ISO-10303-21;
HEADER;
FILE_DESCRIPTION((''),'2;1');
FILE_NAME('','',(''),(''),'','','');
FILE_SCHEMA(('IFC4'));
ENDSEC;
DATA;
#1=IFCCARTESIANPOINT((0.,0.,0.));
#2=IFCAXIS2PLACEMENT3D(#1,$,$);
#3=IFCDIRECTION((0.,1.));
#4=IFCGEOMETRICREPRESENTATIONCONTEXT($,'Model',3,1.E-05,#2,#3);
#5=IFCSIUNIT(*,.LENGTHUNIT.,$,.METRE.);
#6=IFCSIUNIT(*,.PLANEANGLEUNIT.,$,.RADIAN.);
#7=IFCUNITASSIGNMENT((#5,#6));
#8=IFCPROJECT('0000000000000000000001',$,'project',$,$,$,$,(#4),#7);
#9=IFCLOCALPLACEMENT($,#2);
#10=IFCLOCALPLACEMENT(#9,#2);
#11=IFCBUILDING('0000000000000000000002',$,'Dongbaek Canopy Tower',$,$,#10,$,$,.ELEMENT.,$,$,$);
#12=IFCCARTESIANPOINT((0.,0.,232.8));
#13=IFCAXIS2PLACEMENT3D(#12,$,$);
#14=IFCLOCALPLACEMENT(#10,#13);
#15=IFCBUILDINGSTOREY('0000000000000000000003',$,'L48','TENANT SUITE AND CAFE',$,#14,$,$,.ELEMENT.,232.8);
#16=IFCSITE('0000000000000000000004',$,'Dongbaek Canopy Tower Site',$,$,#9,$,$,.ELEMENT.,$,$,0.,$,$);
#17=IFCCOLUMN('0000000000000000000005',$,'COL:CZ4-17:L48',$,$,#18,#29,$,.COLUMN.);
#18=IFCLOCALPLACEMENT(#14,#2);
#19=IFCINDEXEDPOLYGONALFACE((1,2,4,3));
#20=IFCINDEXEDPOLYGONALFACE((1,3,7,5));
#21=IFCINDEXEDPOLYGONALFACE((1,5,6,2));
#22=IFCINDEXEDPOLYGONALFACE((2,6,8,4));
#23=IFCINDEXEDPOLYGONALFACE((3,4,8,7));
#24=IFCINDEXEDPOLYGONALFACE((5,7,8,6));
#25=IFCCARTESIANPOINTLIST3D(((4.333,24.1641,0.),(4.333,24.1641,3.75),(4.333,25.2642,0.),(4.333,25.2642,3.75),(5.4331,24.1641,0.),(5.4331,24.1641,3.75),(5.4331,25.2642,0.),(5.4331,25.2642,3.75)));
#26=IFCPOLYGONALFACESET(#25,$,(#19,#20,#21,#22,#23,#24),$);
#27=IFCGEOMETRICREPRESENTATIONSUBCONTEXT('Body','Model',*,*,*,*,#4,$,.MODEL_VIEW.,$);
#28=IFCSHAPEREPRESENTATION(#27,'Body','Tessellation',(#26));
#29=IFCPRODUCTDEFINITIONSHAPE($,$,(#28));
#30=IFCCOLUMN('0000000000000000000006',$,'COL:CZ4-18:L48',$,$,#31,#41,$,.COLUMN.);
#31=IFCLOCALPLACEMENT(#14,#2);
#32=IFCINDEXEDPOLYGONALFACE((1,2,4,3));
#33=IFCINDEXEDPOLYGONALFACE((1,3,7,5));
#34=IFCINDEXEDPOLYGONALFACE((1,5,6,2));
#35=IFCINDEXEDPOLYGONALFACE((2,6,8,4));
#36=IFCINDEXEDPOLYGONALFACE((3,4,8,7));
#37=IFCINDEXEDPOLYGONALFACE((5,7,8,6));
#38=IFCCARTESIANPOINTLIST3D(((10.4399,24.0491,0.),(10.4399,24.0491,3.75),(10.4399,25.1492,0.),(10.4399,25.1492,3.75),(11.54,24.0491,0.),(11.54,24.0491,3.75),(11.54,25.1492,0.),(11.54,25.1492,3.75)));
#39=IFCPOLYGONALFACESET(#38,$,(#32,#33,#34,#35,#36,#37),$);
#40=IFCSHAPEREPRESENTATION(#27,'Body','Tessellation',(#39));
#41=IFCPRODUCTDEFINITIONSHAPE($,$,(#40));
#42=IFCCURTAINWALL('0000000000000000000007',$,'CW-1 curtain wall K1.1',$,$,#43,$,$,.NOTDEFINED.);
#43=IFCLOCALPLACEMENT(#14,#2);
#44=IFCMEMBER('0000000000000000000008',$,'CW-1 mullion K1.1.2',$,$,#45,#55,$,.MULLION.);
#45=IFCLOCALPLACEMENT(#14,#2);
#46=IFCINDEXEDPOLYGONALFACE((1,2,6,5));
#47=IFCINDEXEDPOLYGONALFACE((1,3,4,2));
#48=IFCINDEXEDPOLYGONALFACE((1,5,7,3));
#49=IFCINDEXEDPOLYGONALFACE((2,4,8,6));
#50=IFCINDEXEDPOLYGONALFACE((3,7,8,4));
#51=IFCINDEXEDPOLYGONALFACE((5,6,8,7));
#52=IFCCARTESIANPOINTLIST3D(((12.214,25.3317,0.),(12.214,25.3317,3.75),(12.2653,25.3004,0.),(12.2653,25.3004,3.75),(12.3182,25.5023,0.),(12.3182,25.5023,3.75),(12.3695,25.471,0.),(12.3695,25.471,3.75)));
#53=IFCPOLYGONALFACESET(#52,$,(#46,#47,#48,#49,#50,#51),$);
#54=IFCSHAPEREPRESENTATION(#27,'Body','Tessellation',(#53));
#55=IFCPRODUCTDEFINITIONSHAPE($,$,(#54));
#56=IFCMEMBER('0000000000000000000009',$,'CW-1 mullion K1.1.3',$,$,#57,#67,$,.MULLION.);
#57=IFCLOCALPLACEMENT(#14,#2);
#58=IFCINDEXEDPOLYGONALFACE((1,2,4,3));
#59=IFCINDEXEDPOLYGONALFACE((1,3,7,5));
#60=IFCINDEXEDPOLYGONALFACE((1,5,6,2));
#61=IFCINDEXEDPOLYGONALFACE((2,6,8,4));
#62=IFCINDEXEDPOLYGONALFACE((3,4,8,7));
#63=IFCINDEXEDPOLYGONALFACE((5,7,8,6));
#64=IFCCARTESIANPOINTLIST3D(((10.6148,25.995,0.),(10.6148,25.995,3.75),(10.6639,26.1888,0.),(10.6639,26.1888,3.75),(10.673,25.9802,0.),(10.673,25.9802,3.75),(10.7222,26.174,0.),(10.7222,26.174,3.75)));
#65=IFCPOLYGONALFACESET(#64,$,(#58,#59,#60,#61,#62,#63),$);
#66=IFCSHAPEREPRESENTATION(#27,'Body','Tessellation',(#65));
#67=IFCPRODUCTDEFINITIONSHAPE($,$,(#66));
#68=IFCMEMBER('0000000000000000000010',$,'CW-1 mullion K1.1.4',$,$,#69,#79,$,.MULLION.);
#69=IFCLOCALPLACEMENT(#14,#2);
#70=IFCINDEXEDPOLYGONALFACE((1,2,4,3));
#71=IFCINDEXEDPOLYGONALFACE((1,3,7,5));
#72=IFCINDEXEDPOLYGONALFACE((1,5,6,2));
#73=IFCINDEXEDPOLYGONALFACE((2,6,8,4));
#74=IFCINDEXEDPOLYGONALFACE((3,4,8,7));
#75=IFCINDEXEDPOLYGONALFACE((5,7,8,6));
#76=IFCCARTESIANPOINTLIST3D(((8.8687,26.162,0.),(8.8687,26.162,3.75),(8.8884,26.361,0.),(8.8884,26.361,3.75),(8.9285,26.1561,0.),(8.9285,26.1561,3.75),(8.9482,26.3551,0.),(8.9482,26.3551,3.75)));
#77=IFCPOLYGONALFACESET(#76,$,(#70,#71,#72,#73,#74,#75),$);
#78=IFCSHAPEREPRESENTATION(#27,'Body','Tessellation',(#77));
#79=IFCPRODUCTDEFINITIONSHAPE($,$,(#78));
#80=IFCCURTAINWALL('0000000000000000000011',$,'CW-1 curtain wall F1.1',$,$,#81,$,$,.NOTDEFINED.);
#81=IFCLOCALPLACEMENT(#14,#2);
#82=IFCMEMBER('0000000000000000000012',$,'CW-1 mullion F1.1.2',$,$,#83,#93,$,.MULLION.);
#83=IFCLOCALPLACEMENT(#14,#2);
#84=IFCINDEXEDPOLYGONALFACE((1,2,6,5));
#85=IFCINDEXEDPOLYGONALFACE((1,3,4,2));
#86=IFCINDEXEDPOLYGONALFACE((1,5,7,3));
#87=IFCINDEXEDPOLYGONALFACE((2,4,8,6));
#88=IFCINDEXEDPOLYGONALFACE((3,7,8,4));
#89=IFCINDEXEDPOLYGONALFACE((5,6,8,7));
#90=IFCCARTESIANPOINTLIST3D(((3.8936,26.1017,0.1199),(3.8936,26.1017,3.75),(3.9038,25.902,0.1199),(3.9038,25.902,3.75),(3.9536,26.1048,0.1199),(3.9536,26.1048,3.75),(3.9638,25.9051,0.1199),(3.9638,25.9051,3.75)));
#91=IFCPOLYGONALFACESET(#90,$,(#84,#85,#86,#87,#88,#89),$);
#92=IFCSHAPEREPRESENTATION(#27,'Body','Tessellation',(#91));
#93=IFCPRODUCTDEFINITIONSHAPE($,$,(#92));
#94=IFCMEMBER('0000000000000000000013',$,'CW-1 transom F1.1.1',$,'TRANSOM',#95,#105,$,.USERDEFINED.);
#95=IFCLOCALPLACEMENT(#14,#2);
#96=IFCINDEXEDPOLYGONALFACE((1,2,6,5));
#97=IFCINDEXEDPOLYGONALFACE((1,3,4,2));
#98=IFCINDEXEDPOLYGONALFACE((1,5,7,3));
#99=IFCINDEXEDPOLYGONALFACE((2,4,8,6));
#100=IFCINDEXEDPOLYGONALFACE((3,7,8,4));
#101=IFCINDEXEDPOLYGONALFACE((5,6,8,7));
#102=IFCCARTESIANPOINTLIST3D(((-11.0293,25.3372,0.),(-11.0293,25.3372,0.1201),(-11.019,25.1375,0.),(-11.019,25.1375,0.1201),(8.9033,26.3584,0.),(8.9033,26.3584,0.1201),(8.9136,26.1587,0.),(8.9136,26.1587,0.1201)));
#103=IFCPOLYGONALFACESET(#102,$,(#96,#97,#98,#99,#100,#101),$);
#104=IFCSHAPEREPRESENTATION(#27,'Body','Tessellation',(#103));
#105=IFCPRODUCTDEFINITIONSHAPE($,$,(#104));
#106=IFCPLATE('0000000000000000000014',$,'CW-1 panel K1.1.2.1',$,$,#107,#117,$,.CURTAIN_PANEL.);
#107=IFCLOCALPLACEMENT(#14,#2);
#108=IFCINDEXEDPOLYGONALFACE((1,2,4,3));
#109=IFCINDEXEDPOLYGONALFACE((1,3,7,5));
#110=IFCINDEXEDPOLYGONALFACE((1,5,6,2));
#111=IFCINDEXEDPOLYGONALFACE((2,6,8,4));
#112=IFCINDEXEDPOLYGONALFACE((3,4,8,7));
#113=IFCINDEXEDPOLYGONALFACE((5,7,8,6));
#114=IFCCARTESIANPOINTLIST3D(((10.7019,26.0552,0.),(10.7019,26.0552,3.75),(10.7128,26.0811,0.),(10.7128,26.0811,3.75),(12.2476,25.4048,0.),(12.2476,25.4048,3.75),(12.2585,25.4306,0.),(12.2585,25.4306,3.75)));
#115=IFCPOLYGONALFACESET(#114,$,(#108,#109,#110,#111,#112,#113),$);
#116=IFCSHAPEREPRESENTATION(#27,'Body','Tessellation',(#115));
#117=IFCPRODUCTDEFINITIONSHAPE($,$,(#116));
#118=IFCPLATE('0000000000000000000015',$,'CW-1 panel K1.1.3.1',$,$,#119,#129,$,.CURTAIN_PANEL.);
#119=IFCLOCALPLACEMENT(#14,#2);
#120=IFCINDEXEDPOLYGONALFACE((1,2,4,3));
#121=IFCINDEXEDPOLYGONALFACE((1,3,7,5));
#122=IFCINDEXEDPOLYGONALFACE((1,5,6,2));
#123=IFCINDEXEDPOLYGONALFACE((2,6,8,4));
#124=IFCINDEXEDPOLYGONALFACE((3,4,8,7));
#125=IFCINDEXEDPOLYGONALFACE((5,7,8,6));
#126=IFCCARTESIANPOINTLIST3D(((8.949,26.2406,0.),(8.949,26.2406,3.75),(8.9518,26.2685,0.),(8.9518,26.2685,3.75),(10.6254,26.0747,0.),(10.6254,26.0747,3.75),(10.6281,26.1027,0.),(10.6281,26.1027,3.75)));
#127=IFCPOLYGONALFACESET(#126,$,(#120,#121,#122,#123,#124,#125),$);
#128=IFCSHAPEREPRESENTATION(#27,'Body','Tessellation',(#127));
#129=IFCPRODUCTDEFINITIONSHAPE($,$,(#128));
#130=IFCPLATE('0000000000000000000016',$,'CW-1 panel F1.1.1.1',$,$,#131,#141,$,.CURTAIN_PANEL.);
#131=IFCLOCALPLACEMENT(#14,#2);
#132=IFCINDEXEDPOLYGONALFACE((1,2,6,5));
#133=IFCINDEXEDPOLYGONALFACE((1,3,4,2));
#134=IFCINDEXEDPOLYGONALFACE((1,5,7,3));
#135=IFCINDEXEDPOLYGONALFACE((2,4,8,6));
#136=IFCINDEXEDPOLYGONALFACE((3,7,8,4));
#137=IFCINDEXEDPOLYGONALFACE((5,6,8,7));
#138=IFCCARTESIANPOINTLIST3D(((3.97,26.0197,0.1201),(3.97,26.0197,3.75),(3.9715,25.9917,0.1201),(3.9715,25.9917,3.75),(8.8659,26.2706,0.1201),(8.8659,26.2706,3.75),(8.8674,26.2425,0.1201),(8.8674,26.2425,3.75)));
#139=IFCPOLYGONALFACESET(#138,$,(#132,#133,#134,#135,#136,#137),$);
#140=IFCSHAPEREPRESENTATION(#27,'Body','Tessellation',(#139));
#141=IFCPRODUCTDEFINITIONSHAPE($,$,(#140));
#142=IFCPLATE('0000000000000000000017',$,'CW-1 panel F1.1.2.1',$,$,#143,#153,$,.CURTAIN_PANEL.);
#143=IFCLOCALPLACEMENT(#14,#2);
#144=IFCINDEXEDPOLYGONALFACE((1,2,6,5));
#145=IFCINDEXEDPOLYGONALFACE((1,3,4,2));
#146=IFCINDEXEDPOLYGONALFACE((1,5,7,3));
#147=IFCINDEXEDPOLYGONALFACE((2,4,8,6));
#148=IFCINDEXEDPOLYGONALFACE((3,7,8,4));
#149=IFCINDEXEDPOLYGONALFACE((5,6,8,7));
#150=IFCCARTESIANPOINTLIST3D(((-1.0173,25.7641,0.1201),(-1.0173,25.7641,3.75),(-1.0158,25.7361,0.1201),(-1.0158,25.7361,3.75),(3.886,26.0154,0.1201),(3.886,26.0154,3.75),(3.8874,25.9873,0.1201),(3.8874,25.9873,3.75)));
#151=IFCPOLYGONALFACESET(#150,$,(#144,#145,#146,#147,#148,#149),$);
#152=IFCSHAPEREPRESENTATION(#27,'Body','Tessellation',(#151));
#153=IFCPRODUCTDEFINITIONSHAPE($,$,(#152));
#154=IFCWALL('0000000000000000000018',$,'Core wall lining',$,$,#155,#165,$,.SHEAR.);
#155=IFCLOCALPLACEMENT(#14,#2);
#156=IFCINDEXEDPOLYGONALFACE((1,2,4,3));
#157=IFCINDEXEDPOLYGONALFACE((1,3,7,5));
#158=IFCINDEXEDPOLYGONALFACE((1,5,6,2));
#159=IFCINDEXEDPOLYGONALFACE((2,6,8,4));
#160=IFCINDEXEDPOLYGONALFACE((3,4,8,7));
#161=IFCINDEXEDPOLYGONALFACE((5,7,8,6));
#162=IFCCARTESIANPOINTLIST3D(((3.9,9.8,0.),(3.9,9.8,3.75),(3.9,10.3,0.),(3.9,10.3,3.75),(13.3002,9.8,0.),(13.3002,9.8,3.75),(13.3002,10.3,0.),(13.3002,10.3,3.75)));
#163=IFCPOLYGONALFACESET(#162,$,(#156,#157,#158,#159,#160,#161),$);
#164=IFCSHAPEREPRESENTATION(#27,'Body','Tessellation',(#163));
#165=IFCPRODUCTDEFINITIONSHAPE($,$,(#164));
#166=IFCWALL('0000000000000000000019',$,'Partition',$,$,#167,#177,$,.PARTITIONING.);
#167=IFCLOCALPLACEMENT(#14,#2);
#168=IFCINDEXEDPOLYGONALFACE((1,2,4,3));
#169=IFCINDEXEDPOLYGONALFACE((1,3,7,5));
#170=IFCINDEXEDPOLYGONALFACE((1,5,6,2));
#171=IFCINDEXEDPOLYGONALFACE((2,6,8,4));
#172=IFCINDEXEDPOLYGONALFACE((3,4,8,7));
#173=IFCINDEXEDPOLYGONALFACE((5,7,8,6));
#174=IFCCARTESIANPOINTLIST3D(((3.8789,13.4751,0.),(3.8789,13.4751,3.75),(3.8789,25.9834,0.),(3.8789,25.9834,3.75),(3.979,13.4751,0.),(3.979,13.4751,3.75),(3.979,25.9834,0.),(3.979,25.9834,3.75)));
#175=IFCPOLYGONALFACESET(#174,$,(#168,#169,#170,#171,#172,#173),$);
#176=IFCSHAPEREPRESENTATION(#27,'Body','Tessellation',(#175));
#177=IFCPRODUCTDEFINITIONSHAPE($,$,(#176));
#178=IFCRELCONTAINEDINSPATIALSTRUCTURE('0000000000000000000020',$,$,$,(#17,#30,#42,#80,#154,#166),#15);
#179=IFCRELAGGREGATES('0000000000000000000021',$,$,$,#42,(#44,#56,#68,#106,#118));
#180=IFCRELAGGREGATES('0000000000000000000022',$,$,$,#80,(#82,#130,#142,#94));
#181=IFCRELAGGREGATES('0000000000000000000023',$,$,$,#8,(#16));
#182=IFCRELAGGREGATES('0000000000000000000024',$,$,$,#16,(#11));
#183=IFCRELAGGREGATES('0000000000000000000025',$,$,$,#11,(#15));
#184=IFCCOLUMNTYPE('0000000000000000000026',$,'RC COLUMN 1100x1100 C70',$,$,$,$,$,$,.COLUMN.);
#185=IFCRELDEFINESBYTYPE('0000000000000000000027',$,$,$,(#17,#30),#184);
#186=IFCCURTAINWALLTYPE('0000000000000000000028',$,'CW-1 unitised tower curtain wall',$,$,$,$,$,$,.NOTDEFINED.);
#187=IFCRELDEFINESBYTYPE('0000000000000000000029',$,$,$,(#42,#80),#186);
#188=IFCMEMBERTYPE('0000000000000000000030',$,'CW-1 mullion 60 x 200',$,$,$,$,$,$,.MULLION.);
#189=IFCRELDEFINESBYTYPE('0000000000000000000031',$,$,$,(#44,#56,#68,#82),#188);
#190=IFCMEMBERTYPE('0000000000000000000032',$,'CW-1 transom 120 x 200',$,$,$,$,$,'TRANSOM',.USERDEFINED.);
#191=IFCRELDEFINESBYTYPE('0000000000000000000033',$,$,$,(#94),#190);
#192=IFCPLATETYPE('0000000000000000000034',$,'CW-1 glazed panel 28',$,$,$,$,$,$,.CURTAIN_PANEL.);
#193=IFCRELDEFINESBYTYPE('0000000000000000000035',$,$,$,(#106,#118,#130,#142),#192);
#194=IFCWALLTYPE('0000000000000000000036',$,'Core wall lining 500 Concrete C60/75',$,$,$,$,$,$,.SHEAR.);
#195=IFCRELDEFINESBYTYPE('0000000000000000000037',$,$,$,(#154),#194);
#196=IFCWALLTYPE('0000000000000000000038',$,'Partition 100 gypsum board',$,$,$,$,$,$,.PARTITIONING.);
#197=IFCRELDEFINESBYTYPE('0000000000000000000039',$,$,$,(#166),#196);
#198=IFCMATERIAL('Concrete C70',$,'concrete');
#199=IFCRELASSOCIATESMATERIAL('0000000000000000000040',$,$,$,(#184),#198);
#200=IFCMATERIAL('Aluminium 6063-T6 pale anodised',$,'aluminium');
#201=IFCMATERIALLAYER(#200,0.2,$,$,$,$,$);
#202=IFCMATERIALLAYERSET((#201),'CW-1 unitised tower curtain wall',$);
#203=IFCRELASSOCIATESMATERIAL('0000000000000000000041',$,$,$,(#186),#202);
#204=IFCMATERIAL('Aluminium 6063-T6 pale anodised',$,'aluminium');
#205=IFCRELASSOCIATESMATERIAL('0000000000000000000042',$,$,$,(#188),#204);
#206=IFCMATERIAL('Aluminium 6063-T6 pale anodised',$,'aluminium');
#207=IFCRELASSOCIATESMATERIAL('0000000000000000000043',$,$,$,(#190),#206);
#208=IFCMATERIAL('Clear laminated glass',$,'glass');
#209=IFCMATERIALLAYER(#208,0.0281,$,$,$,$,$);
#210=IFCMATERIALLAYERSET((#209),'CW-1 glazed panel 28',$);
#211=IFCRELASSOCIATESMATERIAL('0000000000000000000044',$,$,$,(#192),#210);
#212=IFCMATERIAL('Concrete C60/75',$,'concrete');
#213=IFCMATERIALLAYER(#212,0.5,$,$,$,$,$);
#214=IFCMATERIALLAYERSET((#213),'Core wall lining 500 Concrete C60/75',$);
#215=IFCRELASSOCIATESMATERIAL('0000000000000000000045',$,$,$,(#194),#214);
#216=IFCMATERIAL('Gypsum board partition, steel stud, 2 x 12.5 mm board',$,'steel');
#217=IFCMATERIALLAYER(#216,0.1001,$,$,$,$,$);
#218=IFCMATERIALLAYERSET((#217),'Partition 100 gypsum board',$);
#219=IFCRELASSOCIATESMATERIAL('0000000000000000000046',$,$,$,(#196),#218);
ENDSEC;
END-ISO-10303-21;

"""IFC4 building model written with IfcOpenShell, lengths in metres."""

from ifc_helpers import new_model, si_unit, direction, frame, frame_2d, origin, origin_2d, place, context, subcontext, project, spatial, rectangle, extrude, material, layer, layer_set, material_profile, profile_set, type_object, element, aggregate, save


model = new_model("IFC4")

# Units and contexts
model_context = context("Model", 3, precision=1e-05, world=origin(), true_north=direction((0.0, 1.0)))
body_context = subcontext(model_context, "Body", "Model", "MODEL_VIEW")
ifc_project = project(units=[si_unit("LENGTHUNIT", "METRE"), si_unit("PLANEANGLEUNIT", "RADIAN")], contexts=[model_context])

# Site, building, storey
site_placement = place(None, origin())
site = spatial("IfcSite", under=ifc_project, at=site_placement, Name="Dongbaek Canopy Tower Site", CompositionType="ELEMENT", RefElevation=0.0)
building_placement = place(site_placement, origin())
building = spatial("IfcBuilding", under=site, at=building_placement, Name="Dongbaek Canopy Tower", CompositionType="ELEMENT")
storey_placement = place(building_placement, frame((0.0, 0.0, 232.8)))
storey = spatial("IfcBuildingStorey", under=building, at=storey_placement, Name="L48", Description="TENANT SUITE AND CAFE", CompositionType="ELEMENT", Elevation=232.8)

# Columns
ifc_material_1 = material(Name="Concrete C70", Category="concrete")
ifc_material_profile_1 = material_profile(ifc_material_1, rectangle(XDim=1.1001, YDim=1.1001, at=origin_2d()), Name="RC COLUMN 1100x1100 C70")
ifc_profile_set_1 = profile_set([ifc_material_profile_1], Name="Concrete C70")
column_type = type_object("IfcColumnType", Name="RC COLUMN 1100x1100 C70", PredefinedType="COLUMN", material=ifc_profile_set_1)
for number, where, z_axis, x_axis, name in (
    (1, (4.8831, 24.7141, 0.0), (0.0, 0.0, 1.0), (1.0, 0.0, 0.0), "COL:CZ4-17:L48"),
    (2, (10.99, 24.5991, 0.0), (0.0, 0.0, 1.0), (1.0, 0.0, 0.0), "COL:CZ4-18:L48"),
):
    element("IfcColumn", number, at=place(storey_placement, frame(where, z_axis=z_axis, x_axis=x_axis)), inside=storey, type_object=column_type, Name=name, PredefinedType="COLUMN", context=body_context, shape_type="SweptSolid", body=[
        extrude(rectangle(XDim=1.1001, YDim=1.1001, at=origin_2d()), origin(), (0.0, 0.0, 1.0), 3.75),
    ])

# Curtain walls, members
ifc_material_2 = material(Name="Aluminium 6063-T6 pale anodised", Category="aluminium")
ifc_layer_1 = layer(ifc_material_2, 0.2)
ifc_layer_set_1 = layer_set([ifc_layer_1], Name="CW-1 unitised tower curtain wall")
curtain_wall_type = type_object("IfcCurtainWallType", Name="CW-1 unitised tower curtain wall", PredefinedType="NOTDEFINED", material=ifc_layer_set_1)
curtain_wall_1_placement = place(storey_placement, origin())
curtain_wall_1 = element("IfcCurtainWall", 3, at=curtain_wall_1_placement, inside=storey, type_object=curtain_wall_type, Name="CW-1 curtain wall K1.1", PredefinedType="NOTDEFINED")
ifc_material_3 = material(Name="Aluminium 6063-T6 pale anodised", Category="aluminium")
ifc_material_profile_2 = material_profile(ifc_material_3, rectangle(XDim=0.2, YDim=0.0601, at=origin_2d()), Name="CW-1 mullion 60 x 200")
ifc_profile_set_2 = profile_set([ifc_material_profile_2], Name="Aluminium 6063-T6 pale anodised")
member_type_1 = type_object("IfcMemberType", Name="CW-1 mullion 60 x 200", PredefinedType="MULLION", material=ifc_profile_set_2)
member_1_placement = place(storey_placement, frame((12.2917, 25.4014, 0.0), z_axis=(0.0, 0.0, 1.0), x_axis=(0.521099, 0.853496, 0.0)))
member_1 = element("IfcMember", 4, at=member_1_placement, type_object=member_type_1, Name="CW-1 mullion K1.1.2", PredefinedType="MULLION", context=body_context, shape_type="SweptSolid", body=[
    extrude(rectangle(XDim=0.2, YDim=0.0601, at=origin_2d()), origin(), (0.0, 0.0, 1.0), 3.75),
])
member_2_placement = place(storey_placement, frame((10.6685, 26.0845, 0.0), z_axis=(0.0, 0.0, 1.0), x_axis=(0.245923, 0.969289, 0.0)))
member_2 = element("IfcMember", 5, at=member_2_placement, type_object=member_type_1, Name="CW-1 mullion K1.1.3", PredefinedType="MULLION", context=body_context, shape_type="SweptSolid", body=[
    extrude(rectangle(XDim=0.2, YDim=0.0601, at=origin_2d()), origin(), (0.0, 0.0, 1.0), 3.75),
])
member_3_placement = place(storey_placement, frame((8.9084, 26.2585, 0.0), z_axis=(0.0, 0.0, 1.0), x_axis=(0.098479, 0.995139, 0.0)))
member_3 = element("IfcMember", 6, at=member_3_placement, type_object=member_type_1, Name="CW-1 mullion K1.1.4", PredefinedType="MULLION", context=body_context, shape_type="SweptSolid", body=[
    extrude(rectangle(XDim=0.2, YDim=0.0601, at=origin_2d()), origin(), (0.0, 0.0, 1.0), 3.75),
])
curtain_wall_2_placement = place(storey_placement, origin())
curtain_wall_2 = element("IfcCurtainWall", 7, at=curtain_wall_2_placement, inside=storey, type_object=curtain_wall_type, Name="CW-1 curtain wall F1.1", PredefinedType="NOTDEFINED")
member_4_placement = place(storey_placement, frame((3.9287, 26.0034, 0.1199), z_axis=(0.0, 0.0, 1.0), x_axis=(-0.051171, 0.99869, 0.0)))
member_4 = element("IfcMember", 8, at=member_4_placement, type_object=member_type_1, Name="CW-1 mullion F1.1.2", PredefinedType="MULLION", context=body_context, shape_type="SweptSolid", body=[
    extrude(rectangle(XDim=0.2, YDim=0.0601, at=origin_2d()), origin(), (0.0, 0.0, 1.0), 3.6301),
])
ifc_material_4 = material(Name="Aluminium 6063-T6 pale anodised", Category="aluminium")
ifc_material_profile_3 = material_profile(ifc_material_4, rectangle(XDim=0.2, YDim=0.1201, at=origin_2d()), Name="CW-1 transom 120 x 200")
ifc_profile_set_3 = profile_set([ifc_material_profile_3], Name="Aluminium 6063-T6 pale anodised")
member_type_2 = type_object("IfcMemberType", Name="CW-1 transom 120 x 200", ElementType="TRANSOM", PredefinedType="USERDEFINED", material=ifc_profile_set_3)
member_5_placement = place(storey_placement, frame((8.9084, 26.2585, 0.0601), z_axis=(-0.99869, -0.051168, 0.0), x_axis=(0.051168, -0.99869, 0.0)))
member_5 = element("IfcMember", 9, at=member_5_placement, type_object=member_type_2, Name="CW-1 transom F1.1.1", ObjectType="TRANSOM", PredefinedType="USERDEFINED", context=body_context, shape_type="SweptSolid", body=[
    extrude(rectangle(XDim=0.2, YDim=0.1201, at=origin_2d()), origin(), (0.0, 0.0, 1.0), 19.9587),
])

# Plates
ifc_material_5 = material(Name="Clear laminated glass", Category="glass")
ifc_layer_2 = layer(ifc_material_5, 0.0281)
ifc_layer_set_2 = layer_set([ifc_layer_2], Name="CW-1 glazed panel 28")
plate_type = type_object("IfcPlateType", Name="CW-1 glazed panel 28", PredefinedType="CURTAIN_PANEL", material=ifc_layer_set_2)
plate_1_placement = place(storey_placement, frame((11.4802, 25.7429, 0.0), z_axis=(0.0, 0.0, 1.0), x_axis=(-0.92172, 0.387857, 0.0)))
plate_1 = element("IfcPlate", 10, at=plate_1_placement, type_object=plate_type, Name="CW-1 panel K1.1.2.1", PredefinedType="CURTAIN_PANEL", context=body_context, shape_type="SweptSolid", body=[
    extrude(rectangle(XDim=1.677, YDim=0.0281, at=origin_2d()), origin(), (0.0, 0.0, 1.0), 3.75),
])
plate_2_placement = place(storey_placement, frame((9.7886, 26.1716, 0.0), z_axis=(0.0, 0.0, 1.0), x_axis=(-0.995139, 0.098479, 0.0)))
plate_2 = element("IfcPlate", 11, at=plate_2_placement, type_object=plate_type, Name="CW-1 panel K1.1.3.1", PredefinedType="CURTAIN_PANEL", context=body_context, shape_type="SweptSolid", body=[
    extrude(rectangle(XDim=1.6846, YDim=0.0281, at=origin_2d()), origin(), (0.0, 0.0, 1.0), 3.75),
])
aggregate(curtain_wall_1, [member_1, member_2, member_3, plate_1, plate_2])
plate_3_placement = place(storey_placement, frame((6.4187, 26.1311, 0.1201), z_axis=(0.0, 0.0, 1.0), x_axis=(-0.99869, -0.051171, 0.0)))
plate_3 = element("IfcPlate", 12, at=plate_3_placement, type_object=plate_type, Name="CW-1 panel F1.1.1.1", PredefinedType="CURTAIN_PANEL", context=body_context, shape_type="SweptSolid", body=[
    extrude(rectangle(XDim=4.9023, YDim=0.0281, at=origin_2d()), origin(), (0.0, 0.0, 1.0), 3.6299),
])
plate_4_placement = place(storey_placement, frame((1.4351, 25.8757, 0.1201), z_axis=(0.0, 0.0, 1.0), x_axis=(-0.99869, -0.051171, 0.0)))
plate_4 = element("IfcPlate", 13, at=plate_4_placement, type_object=plate_type, Name="CW-1 panel F1.1.2.1", PredefinedType="CURTAIN_PANEL", context=body_context, shape_type="SweptSolid", body=[
    extrude(rectangle(XDim=4.9097, YDim=0.0281, at=origin_2d()), origin(), (0.0, 0.0, 1.0), 3.6299),
])

# Walls
ifc_material_6 = material(Name="Concrete C60/75", Category="concrete")
ifc_layer_3 = layer(ifc_material_6, 0.5)
ifc_layer_set_3 = layer_set([ifc_layer_3], Name="Core wall lining 500 Concrete C60/75")
wall_type_1 = type_object("IfcWallType", Name="Core wall lining 500 Concrete C60/75", PredefinedType="SHEAR", material=ifc_layer_set_3)
wall_1_placement = place(storey_placement, frame((3.8999, 10.05, 0.0), z_axis=(0.0, 0.0, 1.0), x_axis=(1.0, 0.0, 0.0)))
element("IfcWall", 14, at=wall_1_placement, inside=storey, type_object=wall_type_1, Name="Core wall lining", PredefinedType="SHEAR", context=body_context, shape_type="SweptSolid", body=[
    extrude(rectangle(XDim=9.4001, YDim=0.5, at=frame_2d((4.7002, 0.0))), origin(), (0.0, 0.0, 1.0), 3.75),
])
ifc_material_7 = material(Name="Gypsum board partition, steel stud, 2 x 12.5 mm board", Category="steel")
ifc_layer_4 = layer(ifc_material_7, 0.1001)
ifc_layer_set_4 = layer_set([ifc_layer_4], Name="Partition 100 gypsum board")
wall_type_2 = type_object("IfcWallType", Name="Partition 100 gypsum board", PredefinedType="PARTITIONING", material=ifc_layer_set_4)
wall_2_placement = place(storey_placement, frame((3.929, 13.4751, 0.0), z_axis=(0.0, 0.0, 1.0), x_axis=(0.0, 1.0, 0.0)))
element("IfcWall", 15, at=wall_2_placement, inside=storey, type_object=wall_type_2, Name="Partition", PredefinedType="PARTITIONING", context=body_context, shape_type="SweptSolid", body=[
    extrude(rectangle(XDim=12.5083, YDim=0.1001, at=frame_2d((6.2542, 0.0))), origin(), (0.0, 0.0, 1.0), 3.75),
])

aggregate(curtain_wall_2, [member_4, plate_3, plate_4, member_5])

save(model, "model.ifc")
